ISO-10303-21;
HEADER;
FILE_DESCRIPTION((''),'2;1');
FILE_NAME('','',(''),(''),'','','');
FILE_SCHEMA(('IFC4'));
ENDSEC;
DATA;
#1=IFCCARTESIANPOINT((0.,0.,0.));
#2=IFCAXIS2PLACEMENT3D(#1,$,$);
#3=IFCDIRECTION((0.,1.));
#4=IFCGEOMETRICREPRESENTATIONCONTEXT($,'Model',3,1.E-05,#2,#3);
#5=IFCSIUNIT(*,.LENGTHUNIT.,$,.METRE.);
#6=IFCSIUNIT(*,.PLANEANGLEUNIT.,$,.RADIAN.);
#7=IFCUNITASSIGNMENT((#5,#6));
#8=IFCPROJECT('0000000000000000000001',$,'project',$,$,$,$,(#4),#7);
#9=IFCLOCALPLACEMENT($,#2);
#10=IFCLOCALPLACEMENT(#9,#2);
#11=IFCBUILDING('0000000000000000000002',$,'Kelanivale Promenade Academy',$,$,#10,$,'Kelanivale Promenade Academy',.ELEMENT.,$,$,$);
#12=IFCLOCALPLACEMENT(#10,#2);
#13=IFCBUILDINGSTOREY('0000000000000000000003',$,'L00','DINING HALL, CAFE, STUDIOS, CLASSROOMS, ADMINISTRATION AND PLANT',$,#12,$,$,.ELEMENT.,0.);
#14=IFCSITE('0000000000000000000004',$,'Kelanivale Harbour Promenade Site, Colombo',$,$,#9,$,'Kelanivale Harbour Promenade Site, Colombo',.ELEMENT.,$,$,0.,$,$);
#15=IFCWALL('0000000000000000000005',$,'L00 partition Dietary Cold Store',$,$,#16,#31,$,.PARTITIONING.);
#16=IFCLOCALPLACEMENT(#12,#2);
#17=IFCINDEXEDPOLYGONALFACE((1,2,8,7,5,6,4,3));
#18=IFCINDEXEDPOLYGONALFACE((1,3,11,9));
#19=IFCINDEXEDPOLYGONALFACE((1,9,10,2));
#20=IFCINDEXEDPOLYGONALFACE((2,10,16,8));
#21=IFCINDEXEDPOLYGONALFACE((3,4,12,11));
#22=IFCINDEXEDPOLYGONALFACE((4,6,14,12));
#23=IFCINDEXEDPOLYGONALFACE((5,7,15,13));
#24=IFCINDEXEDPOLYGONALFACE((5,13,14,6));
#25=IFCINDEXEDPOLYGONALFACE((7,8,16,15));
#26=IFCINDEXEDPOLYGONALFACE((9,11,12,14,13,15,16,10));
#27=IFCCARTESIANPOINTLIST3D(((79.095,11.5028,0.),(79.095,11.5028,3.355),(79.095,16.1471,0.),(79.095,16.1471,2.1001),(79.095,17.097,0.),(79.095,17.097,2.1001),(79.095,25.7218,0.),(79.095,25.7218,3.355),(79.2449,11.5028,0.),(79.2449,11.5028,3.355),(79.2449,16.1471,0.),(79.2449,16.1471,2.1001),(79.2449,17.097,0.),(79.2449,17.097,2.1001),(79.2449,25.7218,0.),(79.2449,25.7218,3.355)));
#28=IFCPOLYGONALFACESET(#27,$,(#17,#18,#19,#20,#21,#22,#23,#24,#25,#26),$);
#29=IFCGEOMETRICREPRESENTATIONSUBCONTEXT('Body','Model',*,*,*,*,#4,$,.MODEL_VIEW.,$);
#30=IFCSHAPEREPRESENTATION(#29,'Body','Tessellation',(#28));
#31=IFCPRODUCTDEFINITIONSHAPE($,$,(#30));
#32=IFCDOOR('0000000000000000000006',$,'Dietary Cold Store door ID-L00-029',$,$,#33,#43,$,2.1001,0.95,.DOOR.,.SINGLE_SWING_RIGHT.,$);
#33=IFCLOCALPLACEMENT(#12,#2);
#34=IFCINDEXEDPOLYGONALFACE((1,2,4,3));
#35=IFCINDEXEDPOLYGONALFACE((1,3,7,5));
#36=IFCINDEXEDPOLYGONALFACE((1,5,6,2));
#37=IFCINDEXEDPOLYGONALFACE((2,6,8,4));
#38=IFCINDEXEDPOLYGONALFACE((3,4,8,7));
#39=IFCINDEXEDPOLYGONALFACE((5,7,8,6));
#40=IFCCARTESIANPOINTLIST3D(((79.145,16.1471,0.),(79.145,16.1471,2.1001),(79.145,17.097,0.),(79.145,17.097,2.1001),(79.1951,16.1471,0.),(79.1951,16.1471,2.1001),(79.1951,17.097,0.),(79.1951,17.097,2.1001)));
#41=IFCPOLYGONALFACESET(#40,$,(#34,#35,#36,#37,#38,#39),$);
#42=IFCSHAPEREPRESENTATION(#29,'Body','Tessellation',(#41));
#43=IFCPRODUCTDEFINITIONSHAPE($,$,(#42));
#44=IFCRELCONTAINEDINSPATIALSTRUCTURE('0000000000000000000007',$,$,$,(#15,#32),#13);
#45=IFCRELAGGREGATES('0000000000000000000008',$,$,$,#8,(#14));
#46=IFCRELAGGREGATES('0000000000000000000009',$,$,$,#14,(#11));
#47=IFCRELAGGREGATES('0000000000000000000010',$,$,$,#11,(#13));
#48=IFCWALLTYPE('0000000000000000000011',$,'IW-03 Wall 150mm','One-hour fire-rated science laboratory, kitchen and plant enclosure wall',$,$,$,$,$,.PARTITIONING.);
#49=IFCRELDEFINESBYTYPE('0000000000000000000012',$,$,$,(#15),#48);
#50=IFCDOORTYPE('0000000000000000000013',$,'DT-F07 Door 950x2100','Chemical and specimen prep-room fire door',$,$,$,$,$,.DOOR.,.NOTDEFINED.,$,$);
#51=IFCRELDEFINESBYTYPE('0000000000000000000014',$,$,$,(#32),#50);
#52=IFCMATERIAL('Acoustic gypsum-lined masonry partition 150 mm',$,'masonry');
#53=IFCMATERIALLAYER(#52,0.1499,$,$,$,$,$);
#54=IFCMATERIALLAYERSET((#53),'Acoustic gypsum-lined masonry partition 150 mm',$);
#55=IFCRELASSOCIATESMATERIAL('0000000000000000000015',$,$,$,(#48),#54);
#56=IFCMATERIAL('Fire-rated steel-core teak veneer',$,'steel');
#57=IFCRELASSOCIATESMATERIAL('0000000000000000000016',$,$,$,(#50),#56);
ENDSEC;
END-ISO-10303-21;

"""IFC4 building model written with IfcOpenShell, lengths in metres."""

from ifc_helpers import new_model, si_unit, direction, frame, frame_2d, origin, place, context, subcontext, project, spatial, rectangle, extrude, material, layer, layer_set, type_object, element, fill, save


model = new_model("IFC4")

# Units and contexts
model_context = context("Model", 3, precision=1e-05, world=origin(), true_north=direction((0.0, 1.0)))
body_context = subcontext(model_context, "Body", "Model", "MODEL_VIEW")
ifc_project = project(units=[si_unit("LENGTHUNIT", "METRE"), si_unit("PLANEANGLEUNIT", "RADIAN")], contexts=[model_context])

# Site, building, storey
site_placement = place(None, origin())
site = spatial("IfcSite", under=ifc_project, at=site_placement, Name="Kelanivale Harbour Promenade Site, Colombo", LongName="Kelanivale Harbour Promenade Site, Colombo", CompositionType="ELEMENT", RefElevation=0.0)
building_placement = place(site_placement, origin())
building = spatial("IfcBuilding", under=site, at=building_placement, Name="Kelanivale Promenade Academy", LongName="Kelanivale Promenade Academy", CompositionType="ELEMENT")
storey_placement = place(building_placement, origin())
storey = spatial("IfcBuildingStorey", under=building, at=storey_placement, Name="L00", Description="DINING HALL, CAFE, STUDIOS, CLASSROOMS, ADMINISTRATION AND PLANT", CompositionType="ELEMENT", Elevation=0.0)

# Wall, opening, door
ifc_material_1 = material(Name="Fire-rated steel-core teak veneer", Category="steel")
ifc_material_2 = material(Name="Acoustic gypsum-lined masonry partition 150 mm", Category="masonry")
ifc_layer_1 = layer(ifc_material_2, 0.1499)
ifc_layer_set_1 = layer_set([ifc_layer_1], Name="Acoustic gypsum-lined masonry partition 150 mm")
wall_type_1 = type_object("IfcWallType", Name="IW-03 Wall 150mm", Description="One-hour fire-rated science laboratory, kitchen and plant enclosure wall", PredefinedType="PARTITIONING", material=ifc_layer_set_1)
wall_1_placement = place(storey_placement, frame((79.1699, 11.5029, 0.0), z_axis=(0.0, 0.0, 1.0), x_axis=(0.0, 1.0, 0.0)))
wall_1 = element("IfcWall", 1, at=wall_1_placement, inside=storey, type_object=wall_type_1, Name="L00 partition Dietary Cold Store", PredefinedType="PARTITIONING", context=body_context, shape_type="SweptSolid", body=[
    extrude(rectangle(XDim=14.219, YDim=0.1499, at=frame_2d((7.1094, 0.0))), origin(), (0.0, 0.0, 1.0), 3.355),
])
opening_1_placement = place(wall_1_placement, frame((4.644, 0.0, 0.0)))
opening_1 = element("IfcOpeningElement", 2, at=opening_1_placement, cuts=wall_1, PredefinedType="OPENING", context=body_context, shape_type="SweptSolid", body=[
    extrude(rectangle(XDim=0.95, YDim=2.1001, at=frame_2d((0.4751, 1.05))), frame((0.0, 0.085, 0.0), z_axis=(0.0, -1.0, 0.0), x_axis=(1.0, 0.0, 0.0)), (0.0, 0.0, 1.0), 0.1699),
])
door_type_1 = type_object("IfcDoorType", Name="DT-F07 Door 950x2100", Description="Chemical and specimen prep-room fire door", OperationType="NOTDEFINED", PredefinedType="DOOR", material=ifc_material_1)
door_1_placement = place(opening_1_placement, origin())
door_1 = element("IfcDoor", 3, at=door_1_placement, inside=storey, type_object=door_type_1, Name="Dietary Cold Store door ID-L00-029", OperationType="SINGLE_SWING_RIGHT", OverallHeight=2.1001, OverallWidth=0.95, PredefinedType="DOOR", context=body_context, shape_type="SweptSolid", body=[
    extrude(rectangle(XDim=0.95, YDim=2.1001, at=frame_2d((0.4751, 1.05))), frame((0.0, 0.0249, 0.0), z_axis=(0.0, -1.0, 0.0), x_axis=(1.0, 0.0, 0.0)), (0.0, 0.0, 1.0), 0.05),
])
fill(opening_1, door_1)

save(model, "model.ifc")
